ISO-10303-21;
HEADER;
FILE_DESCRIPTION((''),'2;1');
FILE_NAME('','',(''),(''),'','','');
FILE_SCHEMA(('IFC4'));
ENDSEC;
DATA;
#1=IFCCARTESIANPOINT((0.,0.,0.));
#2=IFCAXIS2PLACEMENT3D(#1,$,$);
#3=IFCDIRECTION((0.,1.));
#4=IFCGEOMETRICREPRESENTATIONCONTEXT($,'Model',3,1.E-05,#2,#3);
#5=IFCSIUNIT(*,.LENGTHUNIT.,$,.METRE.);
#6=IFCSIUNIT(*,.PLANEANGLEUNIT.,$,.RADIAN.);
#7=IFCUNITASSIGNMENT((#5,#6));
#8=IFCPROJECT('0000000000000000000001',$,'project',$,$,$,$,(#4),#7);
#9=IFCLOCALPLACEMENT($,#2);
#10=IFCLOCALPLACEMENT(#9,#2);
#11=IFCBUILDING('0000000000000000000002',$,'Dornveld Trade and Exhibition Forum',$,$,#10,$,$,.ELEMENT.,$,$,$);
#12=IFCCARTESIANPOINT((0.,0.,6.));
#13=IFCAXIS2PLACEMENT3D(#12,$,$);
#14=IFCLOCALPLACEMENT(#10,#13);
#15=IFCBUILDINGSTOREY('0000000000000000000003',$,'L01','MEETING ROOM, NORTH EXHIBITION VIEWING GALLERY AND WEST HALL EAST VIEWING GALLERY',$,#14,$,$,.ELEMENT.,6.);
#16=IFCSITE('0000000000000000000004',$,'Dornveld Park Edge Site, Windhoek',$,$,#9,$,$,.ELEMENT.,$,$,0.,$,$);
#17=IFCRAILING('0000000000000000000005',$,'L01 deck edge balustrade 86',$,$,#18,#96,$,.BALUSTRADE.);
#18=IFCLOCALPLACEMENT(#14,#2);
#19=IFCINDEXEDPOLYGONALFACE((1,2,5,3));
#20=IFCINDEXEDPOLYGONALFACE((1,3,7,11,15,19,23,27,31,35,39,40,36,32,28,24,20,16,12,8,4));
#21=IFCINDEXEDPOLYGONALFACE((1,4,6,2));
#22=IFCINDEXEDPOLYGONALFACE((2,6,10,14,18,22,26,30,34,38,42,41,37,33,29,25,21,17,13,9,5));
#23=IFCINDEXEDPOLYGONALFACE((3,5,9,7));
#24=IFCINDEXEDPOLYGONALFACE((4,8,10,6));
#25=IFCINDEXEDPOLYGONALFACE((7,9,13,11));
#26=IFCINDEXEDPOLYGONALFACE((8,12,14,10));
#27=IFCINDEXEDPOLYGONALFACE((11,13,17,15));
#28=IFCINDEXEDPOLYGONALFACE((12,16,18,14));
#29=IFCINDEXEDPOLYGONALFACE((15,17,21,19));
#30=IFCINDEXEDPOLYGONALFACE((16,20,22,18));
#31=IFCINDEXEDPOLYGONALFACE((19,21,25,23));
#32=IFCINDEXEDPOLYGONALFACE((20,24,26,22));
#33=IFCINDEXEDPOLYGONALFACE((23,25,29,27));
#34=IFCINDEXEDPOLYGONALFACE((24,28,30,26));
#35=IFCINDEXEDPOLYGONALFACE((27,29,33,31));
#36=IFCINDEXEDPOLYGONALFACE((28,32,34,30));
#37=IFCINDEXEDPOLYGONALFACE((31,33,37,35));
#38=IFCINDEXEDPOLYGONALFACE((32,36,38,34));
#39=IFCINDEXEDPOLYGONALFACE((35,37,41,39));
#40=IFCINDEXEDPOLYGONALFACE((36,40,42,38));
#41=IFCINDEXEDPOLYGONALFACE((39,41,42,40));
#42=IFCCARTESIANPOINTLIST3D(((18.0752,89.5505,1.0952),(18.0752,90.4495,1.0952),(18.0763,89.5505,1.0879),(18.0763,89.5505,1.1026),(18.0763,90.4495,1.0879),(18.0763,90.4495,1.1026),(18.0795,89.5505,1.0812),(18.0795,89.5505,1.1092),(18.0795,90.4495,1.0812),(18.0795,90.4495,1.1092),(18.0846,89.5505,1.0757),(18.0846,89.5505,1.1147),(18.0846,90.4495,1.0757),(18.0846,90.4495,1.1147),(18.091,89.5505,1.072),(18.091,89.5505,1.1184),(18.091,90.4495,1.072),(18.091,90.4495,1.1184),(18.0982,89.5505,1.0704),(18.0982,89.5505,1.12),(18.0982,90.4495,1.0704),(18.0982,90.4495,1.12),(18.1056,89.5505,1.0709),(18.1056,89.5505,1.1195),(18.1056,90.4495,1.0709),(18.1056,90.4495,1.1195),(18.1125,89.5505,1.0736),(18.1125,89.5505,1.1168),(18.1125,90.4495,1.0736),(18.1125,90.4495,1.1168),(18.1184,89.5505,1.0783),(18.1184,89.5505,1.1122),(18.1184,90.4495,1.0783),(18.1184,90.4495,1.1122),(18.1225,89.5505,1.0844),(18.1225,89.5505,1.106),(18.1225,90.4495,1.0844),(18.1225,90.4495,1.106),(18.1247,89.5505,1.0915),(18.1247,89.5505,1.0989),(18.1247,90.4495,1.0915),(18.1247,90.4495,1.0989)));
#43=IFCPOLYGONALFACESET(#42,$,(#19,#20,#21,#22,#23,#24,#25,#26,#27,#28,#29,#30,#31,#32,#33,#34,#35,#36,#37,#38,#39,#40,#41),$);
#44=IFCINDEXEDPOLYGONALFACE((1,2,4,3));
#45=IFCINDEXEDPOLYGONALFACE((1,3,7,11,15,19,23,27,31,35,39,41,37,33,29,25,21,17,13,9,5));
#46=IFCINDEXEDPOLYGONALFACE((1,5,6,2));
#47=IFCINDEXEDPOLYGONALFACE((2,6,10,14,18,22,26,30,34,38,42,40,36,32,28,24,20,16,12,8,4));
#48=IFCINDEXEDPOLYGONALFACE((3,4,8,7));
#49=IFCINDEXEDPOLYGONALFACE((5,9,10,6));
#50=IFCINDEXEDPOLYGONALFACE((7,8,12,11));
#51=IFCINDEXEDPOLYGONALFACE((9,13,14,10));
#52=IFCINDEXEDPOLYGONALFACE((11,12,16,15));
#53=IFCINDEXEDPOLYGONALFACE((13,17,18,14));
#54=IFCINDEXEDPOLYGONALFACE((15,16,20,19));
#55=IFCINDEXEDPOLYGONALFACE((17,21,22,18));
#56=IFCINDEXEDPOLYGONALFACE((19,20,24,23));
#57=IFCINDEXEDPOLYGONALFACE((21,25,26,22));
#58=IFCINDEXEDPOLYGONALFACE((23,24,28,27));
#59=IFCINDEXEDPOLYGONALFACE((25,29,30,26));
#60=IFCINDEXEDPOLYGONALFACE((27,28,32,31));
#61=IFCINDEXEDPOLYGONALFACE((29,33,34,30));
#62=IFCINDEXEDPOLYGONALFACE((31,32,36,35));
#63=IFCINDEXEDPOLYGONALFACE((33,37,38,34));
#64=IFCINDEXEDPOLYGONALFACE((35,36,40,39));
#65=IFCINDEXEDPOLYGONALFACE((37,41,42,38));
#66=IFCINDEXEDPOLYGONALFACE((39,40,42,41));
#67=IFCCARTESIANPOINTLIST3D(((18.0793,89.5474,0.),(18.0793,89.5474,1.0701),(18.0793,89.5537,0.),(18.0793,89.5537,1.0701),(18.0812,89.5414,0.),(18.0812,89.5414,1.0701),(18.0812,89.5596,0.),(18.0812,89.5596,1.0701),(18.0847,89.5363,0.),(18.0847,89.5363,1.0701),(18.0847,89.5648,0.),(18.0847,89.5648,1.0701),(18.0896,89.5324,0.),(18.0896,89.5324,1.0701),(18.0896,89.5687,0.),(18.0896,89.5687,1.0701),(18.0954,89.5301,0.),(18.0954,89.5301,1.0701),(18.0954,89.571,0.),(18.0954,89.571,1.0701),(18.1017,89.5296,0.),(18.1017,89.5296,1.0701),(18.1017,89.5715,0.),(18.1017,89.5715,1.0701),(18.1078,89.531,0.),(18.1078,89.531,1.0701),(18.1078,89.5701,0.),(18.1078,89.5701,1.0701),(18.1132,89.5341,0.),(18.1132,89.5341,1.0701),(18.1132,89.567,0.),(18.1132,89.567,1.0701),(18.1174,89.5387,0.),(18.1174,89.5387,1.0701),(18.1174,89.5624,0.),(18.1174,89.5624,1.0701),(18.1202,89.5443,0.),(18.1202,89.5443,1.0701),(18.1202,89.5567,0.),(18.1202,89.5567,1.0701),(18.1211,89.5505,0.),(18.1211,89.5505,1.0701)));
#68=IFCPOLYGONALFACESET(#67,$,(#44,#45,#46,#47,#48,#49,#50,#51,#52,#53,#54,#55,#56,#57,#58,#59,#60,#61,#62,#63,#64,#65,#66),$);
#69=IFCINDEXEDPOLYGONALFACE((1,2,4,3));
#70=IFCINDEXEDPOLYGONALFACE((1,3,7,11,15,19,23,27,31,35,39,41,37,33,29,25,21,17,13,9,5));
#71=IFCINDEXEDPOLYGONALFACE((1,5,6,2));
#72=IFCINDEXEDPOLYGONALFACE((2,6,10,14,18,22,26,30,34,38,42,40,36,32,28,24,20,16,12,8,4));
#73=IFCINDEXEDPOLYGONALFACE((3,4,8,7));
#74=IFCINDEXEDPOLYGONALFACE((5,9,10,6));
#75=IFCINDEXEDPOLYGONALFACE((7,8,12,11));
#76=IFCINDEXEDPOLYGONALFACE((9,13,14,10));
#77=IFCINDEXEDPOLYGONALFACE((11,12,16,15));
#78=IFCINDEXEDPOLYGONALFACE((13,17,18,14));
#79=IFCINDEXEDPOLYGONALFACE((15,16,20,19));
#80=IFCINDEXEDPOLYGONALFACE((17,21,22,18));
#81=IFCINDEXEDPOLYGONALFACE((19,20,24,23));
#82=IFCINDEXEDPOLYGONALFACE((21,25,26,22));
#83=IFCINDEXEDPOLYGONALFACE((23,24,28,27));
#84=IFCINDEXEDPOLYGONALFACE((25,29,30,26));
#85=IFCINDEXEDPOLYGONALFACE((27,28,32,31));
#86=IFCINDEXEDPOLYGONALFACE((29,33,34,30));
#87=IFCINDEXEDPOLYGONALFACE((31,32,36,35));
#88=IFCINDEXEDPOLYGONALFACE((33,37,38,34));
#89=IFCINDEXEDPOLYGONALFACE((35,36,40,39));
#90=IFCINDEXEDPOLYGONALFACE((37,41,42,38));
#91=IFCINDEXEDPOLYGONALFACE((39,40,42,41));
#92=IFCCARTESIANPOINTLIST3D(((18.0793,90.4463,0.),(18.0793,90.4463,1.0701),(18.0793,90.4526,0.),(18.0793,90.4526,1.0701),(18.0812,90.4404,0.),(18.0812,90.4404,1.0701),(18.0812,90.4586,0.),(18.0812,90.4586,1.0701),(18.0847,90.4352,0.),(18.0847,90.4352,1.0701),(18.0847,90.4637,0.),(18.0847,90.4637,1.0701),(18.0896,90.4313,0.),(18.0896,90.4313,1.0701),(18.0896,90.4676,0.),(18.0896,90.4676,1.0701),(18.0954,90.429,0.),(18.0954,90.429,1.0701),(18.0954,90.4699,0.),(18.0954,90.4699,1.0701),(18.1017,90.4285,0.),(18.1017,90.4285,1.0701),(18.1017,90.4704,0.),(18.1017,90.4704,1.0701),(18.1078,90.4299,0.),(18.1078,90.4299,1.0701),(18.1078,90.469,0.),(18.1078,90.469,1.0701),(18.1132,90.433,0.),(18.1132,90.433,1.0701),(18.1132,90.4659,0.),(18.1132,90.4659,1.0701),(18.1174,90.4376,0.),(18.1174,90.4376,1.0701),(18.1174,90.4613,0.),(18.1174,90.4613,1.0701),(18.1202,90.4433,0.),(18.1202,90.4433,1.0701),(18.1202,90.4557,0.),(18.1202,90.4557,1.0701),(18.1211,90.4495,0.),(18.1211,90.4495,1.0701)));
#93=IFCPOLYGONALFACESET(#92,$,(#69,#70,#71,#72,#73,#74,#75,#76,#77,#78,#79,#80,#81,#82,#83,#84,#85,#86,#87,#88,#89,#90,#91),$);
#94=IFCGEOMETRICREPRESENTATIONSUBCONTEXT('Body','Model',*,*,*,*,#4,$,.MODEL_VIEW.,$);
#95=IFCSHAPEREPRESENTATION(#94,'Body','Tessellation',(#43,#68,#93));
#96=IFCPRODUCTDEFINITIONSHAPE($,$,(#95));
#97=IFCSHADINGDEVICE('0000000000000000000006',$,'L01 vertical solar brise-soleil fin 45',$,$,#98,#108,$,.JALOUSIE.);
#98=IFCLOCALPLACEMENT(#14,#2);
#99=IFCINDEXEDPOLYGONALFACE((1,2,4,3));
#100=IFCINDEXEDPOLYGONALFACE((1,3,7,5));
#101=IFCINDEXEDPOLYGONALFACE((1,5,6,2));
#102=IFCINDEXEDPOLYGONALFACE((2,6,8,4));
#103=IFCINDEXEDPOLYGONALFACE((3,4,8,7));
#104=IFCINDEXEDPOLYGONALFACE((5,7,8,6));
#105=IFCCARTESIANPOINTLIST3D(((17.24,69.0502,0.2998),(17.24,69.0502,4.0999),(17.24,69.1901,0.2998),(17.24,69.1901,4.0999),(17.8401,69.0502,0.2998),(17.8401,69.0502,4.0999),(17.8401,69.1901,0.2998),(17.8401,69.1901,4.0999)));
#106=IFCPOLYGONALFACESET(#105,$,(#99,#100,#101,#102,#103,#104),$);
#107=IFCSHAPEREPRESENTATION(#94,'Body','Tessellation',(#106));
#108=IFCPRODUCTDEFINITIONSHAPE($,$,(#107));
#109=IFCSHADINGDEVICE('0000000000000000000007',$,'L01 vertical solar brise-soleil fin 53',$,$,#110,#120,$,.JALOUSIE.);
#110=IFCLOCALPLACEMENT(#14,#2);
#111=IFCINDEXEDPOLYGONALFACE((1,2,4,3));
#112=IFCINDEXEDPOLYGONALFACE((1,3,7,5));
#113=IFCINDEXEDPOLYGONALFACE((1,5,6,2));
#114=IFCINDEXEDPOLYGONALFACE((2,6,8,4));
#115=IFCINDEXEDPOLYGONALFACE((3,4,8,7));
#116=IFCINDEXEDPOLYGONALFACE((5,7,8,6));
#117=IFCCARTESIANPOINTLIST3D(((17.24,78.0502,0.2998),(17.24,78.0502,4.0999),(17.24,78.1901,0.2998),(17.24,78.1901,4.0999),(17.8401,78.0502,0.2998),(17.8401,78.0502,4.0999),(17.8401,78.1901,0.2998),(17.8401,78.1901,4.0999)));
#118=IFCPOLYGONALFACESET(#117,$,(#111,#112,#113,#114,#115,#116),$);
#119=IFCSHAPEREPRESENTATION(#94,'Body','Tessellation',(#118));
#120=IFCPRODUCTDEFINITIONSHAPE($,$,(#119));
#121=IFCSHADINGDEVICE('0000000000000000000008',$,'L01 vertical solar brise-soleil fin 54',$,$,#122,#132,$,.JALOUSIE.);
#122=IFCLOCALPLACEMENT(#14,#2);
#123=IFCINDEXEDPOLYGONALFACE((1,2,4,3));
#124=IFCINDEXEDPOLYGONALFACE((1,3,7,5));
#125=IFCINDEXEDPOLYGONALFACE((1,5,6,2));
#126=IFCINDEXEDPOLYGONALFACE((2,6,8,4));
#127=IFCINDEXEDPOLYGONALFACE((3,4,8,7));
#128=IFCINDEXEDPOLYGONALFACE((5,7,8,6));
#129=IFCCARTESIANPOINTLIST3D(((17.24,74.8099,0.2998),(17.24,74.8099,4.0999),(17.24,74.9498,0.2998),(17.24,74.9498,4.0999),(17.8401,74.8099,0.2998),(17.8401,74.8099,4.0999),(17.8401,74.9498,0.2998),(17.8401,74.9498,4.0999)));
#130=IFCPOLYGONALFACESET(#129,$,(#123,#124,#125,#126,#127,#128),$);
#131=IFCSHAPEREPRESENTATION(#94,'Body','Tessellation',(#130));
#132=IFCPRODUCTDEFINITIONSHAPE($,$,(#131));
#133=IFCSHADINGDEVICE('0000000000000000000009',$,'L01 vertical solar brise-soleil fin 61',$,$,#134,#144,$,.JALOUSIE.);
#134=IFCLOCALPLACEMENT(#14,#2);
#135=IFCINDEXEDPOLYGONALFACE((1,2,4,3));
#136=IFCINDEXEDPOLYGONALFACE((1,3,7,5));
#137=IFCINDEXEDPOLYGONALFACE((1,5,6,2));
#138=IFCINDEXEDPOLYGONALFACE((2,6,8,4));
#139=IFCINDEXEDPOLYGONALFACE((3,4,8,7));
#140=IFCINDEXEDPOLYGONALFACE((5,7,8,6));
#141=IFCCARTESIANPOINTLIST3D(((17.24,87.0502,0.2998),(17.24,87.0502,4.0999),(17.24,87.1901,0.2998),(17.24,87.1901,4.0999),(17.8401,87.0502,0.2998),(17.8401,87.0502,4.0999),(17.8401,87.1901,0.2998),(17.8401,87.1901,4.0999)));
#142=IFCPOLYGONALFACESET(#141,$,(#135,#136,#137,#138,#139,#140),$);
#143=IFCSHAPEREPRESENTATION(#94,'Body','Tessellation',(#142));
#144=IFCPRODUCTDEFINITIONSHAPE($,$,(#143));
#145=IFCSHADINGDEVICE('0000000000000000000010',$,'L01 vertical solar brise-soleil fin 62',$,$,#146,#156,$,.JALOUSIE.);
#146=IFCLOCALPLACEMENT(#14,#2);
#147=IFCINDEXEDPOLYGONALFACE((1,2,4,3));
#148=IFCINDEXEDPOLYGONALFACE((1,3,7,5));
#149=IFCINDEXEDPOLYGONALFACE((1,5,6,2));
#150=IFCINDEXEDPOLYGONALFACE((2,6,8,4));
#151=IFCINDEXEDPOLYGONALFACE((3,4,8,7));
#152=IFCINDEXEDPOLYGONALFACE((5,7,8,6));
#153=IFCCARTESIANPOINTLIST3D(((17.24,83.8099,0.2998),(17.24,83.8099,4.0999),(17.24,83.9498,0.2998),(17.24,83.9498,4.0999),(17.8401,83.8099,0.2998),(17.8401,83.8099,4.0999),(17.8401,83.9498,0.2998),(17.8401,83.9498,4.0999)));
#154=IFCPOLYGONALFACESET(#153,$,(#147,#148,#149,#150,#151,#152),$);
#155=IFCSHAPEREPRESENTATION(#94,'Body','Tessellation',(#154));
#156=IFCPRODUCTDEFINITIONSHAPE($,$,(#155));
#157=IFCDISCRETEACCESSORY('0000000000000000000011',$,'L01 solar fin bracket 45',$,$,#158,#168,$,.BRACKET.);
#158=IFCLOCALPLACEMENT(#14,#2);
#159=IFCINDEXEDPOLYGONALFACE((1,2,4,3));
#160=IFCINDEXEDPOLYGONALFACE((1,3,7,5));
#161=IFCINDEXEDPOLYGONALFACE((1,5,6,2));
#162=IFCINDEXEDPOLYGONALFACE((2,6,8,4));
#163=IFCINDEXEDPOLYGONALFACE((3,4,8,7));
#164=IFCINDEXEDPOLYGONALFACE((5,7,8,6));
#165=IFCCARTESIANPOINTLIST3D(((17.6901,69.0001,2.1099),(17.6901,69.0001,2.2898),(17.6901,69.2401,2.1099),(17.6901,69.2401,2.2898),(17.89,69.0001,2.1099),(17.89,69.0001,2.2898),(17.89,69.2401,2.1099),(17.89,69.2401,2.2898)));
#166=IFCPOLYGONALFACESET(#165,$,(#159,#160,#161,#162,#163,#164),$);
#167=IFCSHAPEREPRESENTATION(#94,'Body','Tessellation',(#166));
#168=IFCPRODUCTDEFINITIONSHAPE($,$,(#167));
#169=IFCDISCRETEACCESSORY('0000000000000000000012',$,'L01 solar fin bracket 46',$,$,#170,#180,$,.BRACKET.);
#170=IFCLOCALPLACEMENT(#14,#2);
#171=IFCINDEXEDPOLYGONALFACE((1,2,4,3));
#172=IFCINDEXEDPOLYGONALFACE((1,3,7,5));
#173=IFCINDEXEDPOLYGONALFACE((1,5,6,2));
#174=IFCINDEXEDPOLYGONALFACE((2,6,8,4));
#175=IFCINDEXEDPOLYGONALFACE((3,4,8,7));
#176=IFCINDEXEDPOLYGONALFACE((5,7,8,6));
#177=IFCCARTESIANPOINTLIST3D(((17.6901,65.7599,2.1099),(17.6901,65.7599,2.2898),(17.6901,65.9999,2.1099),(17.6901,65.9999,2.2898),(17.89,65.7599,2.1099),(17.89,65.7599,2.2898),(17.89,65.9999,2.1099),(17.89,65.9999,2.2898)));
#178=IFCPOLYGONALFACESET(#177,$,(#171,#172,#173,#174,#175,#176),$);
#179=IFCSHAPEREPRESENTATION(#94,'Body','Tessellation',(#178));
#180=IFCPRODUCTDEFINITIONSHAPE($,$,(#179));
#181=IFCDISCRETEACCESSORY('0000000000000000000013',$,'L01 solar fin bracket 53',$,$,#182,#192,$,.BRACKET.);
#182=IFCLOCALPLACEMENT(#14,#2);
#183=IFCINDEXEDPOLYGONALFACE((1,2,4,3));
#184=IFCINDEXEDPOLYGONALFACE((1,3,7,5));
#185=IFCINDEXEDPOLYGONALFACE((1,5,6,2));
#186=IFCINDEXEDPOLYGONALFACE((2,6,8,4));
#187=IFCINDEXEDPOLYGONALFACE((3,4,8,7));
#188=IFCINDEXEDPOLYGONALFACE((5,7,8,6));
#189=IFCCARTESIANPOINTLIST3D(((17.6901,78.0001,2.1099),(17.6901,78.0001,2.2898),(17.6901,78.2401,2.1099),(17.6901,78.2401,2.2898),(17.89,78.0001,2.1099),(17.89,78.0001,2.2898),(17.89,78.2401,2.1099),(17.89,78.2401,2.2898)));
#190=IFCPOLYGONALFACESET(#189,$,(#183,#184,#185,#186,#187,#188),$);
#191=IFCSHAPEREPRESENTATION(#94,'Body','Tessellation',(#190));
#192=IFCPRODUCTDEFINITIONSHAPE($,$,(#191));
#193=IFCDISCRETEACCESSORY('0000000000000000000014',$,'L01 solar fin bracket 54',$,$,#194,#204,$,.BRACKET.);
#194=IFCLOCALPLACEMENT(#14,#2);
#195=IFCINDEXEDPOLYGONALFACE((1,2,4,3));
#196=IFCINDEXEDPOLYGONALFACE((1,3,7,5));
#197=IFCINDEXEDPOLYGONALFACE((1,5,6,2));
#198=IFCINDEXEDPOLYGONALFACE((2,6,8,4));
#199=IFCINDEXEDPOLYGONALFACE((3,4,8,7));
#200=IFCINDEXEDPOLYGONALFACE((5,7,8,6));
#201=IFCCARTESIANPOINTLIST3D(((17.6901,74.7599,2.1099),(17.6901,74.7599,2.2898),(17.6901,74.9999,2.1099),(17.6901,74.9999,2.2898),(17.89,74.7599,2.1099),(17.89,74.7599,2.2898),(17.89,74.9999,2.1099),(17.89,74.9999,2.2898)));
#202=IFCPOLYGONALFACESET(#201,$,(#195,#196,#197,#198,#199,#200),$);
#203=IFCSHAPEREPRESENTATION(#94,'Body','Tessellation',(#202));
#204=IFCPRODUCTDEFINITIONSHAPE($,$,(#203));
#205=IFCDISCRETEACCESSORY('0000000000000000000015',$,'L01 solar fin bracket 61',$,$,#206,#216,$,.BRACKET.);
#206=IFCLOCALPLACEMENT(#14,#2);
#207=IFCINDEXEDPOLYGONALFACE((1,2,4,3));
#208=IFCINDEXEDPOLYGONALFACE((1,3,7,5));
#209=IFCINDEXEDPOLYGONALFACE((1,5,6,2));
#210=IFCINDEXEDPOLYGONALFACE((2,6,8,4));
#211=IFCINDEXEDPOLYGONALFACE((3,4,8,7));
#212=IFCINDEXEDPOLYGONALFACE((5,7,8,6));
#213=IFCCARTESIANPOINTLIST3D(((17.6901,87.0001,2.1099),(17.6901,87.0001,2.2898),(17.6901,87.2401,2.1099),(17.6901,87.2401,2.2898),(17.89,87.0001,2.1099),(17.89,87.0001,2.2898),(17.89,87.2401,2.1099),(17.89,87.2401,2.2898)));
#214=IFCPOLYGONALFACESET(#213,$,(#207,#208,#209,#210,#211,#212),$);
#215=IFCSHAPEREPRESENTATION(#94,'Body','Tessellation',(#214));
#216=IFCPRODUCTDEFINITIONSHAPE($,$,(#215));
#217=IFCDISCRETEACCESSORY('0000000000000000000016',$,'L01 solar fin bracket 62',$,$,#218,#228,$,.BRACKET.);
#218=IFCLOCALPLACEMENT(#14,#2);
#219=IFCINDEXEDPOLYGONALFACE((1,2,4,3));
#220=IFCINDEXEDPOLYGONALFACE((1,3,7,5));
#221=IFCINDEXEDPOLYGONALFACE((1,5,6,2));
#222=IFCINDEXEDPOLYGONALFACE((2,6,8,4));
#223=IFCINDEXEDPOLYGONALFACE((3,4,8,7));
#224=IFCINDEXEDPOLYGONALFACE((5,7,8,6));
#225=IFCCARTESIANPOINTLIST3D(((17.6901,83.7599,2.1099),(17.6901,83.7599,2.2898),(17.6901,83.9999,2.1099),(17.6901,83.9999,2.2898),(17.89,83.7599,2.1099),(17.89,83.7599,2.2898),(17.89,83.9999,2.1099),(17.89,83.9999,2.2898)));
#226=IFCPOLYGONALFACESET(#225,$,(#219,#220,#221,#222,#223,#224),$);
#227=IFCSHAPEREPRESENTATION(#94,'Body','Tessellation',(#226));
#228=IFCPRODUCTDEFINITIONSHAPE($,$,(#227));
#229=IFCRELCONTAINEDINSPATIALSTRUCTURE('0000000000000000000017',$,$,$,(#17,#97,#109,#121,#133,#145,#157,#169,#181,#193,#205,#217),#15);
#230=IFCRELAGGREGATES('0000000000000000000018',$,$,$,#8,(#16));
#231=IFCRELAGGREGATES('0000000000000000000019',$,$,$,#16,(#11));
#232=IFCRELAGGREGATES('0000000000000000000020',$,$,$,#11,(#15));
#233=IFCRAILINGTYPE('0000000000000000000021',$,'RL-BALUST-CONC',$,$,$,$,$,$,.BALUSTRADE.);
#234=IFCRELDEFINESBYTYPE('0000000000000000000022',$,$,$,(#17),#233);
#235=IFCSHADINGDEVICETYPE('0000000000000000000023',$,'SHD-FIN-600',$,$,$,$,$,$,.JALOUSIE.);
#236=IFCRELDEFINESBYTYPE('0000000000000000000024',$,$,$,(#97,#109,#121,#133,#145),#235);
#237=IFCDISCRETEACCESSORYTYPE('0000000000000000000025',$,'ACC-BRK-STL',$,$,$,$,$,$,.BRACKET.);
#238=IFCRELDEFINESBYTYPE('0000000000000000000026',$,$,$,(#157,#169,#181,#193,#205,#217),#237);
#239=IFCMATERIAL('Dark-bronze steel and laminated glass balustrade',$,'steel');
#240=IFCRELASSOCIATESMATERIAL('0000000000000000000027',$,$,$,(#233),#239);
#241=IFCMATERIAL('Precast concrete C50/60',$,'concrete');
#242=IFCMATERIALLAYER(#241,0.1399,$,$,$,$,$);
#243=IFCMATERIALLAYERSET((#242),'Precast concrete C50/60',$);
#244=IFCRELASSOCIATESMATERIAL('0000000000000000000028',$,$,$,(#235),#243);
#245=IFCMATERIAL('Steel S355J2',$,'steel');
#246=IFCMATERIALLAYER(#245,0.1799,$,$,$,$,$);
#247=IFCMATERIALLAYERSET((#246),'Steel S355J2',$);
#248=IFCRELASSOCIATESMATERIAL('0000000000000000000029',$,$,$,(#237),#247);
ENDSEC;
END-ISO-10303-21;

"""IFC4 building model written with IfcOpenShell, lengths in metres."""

from ifc_helpers import new_model, si_unit, direction, frame, origin, origin_2d, place, context, subcontext, project, spatial, rectangle, circle, extrude, material, layer, layer_set, type_object, element, save


model = new_model("IFC4")

# Units and contexts
model_context = context("Model", 3, precision=1e-05, world=origin(), true_north=direction((0.0, 1.0)))
body_context = subcontext(model_context, "Body", "Model", "MODEL_VIEW")
ifc_project = project(units=[si_unit("LENGTHUNIT", "METRE"), si_unit("PLANEANGLEUNIT", "RADIAN")], contexts=[model_context])

# Site, building, storey
site_placement = place(None, origin())
site = spatial("IfcSite", under=ifc_project, at=site_placement, Name="Dornveld Park Edge Site, Windhoek", CompositionType="ELEMENT", RefElevation=0.0)
building_placement = place(site_placement, origin())
building = spatial("IfcBuilding", under=site, at=building_placement, Name="Dornveld Trade and Exhibition Forum", CompositionType="ELEMENT")
storey_placement = place(building_placement, frame((0.0, 0.0, 6.0)))
storey = spatial("IfcBuildingStorey", under=building, at=storey_placement, Name="L01", Description="MEETING ROOM, NORTH EXHIBITION VIEWING GALLERY AND WEST HALL EAST VIEWING GALLERY", CompositionType="ELEMENT", Elevation=6.0)

# Railing
ifc_material_1 = material(Name="Dark-bronze steel and laminated glass balustrade", Category="steel")
railing_type_1 = type_object("IfcRailingType", Name="RL-BALUST-CONC", PredefinedType="BALUSTRADE", material=ifc_material_1)
for number, where, name in (
    (1, (18.1001, 89.5505, 0.0), "L01 deck edge balustrade 86"),
):
    element("IfcRailing", number, at=place(storey_placement, frame(where)), inside=storey, type_object=railing_type_1, Name=name, PredefinedType="BALUSTRADE", context=body_context, shape_type="SweptSolid", body=[
        extrude(circle(Radius=0.0249, at=origin_2d()), frame((0.0, 0.0, 1.0952), z_axis=(0.0, 1.0, 0.0), x_axis=(-1.0, 0.0, 0.0)), (0.0, 0.0, 1.0), 0.8989),
        extrude(circle(Radius=0.021, at=origin_2d()), origin(), (0.0, 0.0, 1.0), 1.0701),
        extrude(circle(Radius=0.021, at=origin_2d()), frame((0.0, 0.8989, 0.0)), (0.0, 0.0, 1.0), 1.0701),
    ])

# Shading devices
ifc_material_2 = material(Name="Precast concrete C50/60", Category="concrete")
ifc_layer_1 = layer(ifc_material_2, 0.1399)
ifc_layer_set_1 = layer_set([ifc_layer_1], Name="Precast concrete C50/60")
shading_device_type = type_object("IfcShadingDeviceType", Name="SHD-FIN-600", PredefinedType="JALOUSIE", material=ifc_layer_set_1)
for number, where, z_axis, x_axis, name in (
    (2, (17.54, 69.1201, 0.2998), (0.0, 0.0, 1.0), (0.0, -1.0, 0.0), "L01 vertical solar brise-soleil fin 45"),
    (3, (17.54, 78.1201, 0.2998), (0.0, 0.0, 1.0), (0.0, -1.0, 0.0), "L01 vertical solar brise-soleil fin 53"),
    (4, (17.54, 74.8799, 0.2998), (0.0, 0.0, 1.0), (0.0, -1.0, 0.0), "L01 vertical solar brise-soleil fin 54"),
    (5, (17.54, 87.1201, 0.2998), (0.0, 0.0, 1.0), (0.0, -1.0, 0.0), "L01 vertical solar brise-soleil fin 61"),
    (6, (17.54, 83.8799, 0.2998), (0.0, 0.0, 1.0), (0.0, -1.0, 0.0), "L01 vertical solar brise-soleil fin 62"),
):
    element("IfcShadingDevice", number, at=place(storey_placement, frame(where, z_axis=z_axis, x_axis=x_axis)), inside=storey, type_object=shading_device_type, Name=name, PredefinedType="JALOUSIE", context=body_context, shape_type="SweptSolid", body=[
        extrude(rectangle(XDim=0.1399, YDim=0.6001, at=origin_2d()), origin(), (0.0, 0.0, 1.0), 3.8),
    ])

# Discrete accessories
ifc_material_3 = material(Name="Steel S355J2", Category="steel")
ifc_layer_2 = layer(ifc_material_3, 0.1799)
ifc_layer_set_2 = layer_set([ifc_layer_2], Name="Steel S355J2")
discrete_accessory_type = type_object("IfcDiscreteAccessoryType", Name="ACC-BRK-STL", PredefinedType="BRACKET", material=ifc_layer_set_2)
for number, where, z_axis, x_axis, name in (
    (7, (17.79, 69.1201, 2.1099), (0.0, 0.0, 1.0), (0.0, -1.0, 0.0), "L01 solar fin bracket 45"),
    (8, (17.79, 65.8799, 2.1099), (0.0, 0.0, 1.0), (0.0, -1.0, 0.0), "L01 solar fin bracket 46"),
    (9, (17.79, 78.1201, 2.1099), (0.0, 0.0, 1.0), (0.0, -1.0, 0.0), "L01 solar fin bracket 53"),
    (10, (17.79, 74.8799, 2.1099), (0.0, 0.0, 1.0), (0.0, -1.0, 0.0), "L01 solar fin bracket 54"),
    (11, (17.79, 87.1201, 2.1099), (0.0, 0.0, 1.0), (0.0, -1.0, 0.0), "L01 solar fin bracket 61"),
    (12, (17.79, 83.8799, 2.1099), (0.0, 0.0, 1.0), (0.0, -1.0, 0.0), "L01 solar fin bracket 62"),
):
    element("IfcDiscreteAccessory", number, at=place(storey_placement, frame(where, z_axis=z_axis, x_axis=x_axis)), inside=storey, type_object=discrete_accessory_type, Name=name, PredefinedType="BRACKET", context=body_context, shape_type="SweptSolid", body=[
        extrude(rectangle(XDim=0.24, YDim=0.2, at=origin_2d()), origin(), (0.0, 0.0, 1.0), 0.1799),
    ])

save(model, "model.ifc")
